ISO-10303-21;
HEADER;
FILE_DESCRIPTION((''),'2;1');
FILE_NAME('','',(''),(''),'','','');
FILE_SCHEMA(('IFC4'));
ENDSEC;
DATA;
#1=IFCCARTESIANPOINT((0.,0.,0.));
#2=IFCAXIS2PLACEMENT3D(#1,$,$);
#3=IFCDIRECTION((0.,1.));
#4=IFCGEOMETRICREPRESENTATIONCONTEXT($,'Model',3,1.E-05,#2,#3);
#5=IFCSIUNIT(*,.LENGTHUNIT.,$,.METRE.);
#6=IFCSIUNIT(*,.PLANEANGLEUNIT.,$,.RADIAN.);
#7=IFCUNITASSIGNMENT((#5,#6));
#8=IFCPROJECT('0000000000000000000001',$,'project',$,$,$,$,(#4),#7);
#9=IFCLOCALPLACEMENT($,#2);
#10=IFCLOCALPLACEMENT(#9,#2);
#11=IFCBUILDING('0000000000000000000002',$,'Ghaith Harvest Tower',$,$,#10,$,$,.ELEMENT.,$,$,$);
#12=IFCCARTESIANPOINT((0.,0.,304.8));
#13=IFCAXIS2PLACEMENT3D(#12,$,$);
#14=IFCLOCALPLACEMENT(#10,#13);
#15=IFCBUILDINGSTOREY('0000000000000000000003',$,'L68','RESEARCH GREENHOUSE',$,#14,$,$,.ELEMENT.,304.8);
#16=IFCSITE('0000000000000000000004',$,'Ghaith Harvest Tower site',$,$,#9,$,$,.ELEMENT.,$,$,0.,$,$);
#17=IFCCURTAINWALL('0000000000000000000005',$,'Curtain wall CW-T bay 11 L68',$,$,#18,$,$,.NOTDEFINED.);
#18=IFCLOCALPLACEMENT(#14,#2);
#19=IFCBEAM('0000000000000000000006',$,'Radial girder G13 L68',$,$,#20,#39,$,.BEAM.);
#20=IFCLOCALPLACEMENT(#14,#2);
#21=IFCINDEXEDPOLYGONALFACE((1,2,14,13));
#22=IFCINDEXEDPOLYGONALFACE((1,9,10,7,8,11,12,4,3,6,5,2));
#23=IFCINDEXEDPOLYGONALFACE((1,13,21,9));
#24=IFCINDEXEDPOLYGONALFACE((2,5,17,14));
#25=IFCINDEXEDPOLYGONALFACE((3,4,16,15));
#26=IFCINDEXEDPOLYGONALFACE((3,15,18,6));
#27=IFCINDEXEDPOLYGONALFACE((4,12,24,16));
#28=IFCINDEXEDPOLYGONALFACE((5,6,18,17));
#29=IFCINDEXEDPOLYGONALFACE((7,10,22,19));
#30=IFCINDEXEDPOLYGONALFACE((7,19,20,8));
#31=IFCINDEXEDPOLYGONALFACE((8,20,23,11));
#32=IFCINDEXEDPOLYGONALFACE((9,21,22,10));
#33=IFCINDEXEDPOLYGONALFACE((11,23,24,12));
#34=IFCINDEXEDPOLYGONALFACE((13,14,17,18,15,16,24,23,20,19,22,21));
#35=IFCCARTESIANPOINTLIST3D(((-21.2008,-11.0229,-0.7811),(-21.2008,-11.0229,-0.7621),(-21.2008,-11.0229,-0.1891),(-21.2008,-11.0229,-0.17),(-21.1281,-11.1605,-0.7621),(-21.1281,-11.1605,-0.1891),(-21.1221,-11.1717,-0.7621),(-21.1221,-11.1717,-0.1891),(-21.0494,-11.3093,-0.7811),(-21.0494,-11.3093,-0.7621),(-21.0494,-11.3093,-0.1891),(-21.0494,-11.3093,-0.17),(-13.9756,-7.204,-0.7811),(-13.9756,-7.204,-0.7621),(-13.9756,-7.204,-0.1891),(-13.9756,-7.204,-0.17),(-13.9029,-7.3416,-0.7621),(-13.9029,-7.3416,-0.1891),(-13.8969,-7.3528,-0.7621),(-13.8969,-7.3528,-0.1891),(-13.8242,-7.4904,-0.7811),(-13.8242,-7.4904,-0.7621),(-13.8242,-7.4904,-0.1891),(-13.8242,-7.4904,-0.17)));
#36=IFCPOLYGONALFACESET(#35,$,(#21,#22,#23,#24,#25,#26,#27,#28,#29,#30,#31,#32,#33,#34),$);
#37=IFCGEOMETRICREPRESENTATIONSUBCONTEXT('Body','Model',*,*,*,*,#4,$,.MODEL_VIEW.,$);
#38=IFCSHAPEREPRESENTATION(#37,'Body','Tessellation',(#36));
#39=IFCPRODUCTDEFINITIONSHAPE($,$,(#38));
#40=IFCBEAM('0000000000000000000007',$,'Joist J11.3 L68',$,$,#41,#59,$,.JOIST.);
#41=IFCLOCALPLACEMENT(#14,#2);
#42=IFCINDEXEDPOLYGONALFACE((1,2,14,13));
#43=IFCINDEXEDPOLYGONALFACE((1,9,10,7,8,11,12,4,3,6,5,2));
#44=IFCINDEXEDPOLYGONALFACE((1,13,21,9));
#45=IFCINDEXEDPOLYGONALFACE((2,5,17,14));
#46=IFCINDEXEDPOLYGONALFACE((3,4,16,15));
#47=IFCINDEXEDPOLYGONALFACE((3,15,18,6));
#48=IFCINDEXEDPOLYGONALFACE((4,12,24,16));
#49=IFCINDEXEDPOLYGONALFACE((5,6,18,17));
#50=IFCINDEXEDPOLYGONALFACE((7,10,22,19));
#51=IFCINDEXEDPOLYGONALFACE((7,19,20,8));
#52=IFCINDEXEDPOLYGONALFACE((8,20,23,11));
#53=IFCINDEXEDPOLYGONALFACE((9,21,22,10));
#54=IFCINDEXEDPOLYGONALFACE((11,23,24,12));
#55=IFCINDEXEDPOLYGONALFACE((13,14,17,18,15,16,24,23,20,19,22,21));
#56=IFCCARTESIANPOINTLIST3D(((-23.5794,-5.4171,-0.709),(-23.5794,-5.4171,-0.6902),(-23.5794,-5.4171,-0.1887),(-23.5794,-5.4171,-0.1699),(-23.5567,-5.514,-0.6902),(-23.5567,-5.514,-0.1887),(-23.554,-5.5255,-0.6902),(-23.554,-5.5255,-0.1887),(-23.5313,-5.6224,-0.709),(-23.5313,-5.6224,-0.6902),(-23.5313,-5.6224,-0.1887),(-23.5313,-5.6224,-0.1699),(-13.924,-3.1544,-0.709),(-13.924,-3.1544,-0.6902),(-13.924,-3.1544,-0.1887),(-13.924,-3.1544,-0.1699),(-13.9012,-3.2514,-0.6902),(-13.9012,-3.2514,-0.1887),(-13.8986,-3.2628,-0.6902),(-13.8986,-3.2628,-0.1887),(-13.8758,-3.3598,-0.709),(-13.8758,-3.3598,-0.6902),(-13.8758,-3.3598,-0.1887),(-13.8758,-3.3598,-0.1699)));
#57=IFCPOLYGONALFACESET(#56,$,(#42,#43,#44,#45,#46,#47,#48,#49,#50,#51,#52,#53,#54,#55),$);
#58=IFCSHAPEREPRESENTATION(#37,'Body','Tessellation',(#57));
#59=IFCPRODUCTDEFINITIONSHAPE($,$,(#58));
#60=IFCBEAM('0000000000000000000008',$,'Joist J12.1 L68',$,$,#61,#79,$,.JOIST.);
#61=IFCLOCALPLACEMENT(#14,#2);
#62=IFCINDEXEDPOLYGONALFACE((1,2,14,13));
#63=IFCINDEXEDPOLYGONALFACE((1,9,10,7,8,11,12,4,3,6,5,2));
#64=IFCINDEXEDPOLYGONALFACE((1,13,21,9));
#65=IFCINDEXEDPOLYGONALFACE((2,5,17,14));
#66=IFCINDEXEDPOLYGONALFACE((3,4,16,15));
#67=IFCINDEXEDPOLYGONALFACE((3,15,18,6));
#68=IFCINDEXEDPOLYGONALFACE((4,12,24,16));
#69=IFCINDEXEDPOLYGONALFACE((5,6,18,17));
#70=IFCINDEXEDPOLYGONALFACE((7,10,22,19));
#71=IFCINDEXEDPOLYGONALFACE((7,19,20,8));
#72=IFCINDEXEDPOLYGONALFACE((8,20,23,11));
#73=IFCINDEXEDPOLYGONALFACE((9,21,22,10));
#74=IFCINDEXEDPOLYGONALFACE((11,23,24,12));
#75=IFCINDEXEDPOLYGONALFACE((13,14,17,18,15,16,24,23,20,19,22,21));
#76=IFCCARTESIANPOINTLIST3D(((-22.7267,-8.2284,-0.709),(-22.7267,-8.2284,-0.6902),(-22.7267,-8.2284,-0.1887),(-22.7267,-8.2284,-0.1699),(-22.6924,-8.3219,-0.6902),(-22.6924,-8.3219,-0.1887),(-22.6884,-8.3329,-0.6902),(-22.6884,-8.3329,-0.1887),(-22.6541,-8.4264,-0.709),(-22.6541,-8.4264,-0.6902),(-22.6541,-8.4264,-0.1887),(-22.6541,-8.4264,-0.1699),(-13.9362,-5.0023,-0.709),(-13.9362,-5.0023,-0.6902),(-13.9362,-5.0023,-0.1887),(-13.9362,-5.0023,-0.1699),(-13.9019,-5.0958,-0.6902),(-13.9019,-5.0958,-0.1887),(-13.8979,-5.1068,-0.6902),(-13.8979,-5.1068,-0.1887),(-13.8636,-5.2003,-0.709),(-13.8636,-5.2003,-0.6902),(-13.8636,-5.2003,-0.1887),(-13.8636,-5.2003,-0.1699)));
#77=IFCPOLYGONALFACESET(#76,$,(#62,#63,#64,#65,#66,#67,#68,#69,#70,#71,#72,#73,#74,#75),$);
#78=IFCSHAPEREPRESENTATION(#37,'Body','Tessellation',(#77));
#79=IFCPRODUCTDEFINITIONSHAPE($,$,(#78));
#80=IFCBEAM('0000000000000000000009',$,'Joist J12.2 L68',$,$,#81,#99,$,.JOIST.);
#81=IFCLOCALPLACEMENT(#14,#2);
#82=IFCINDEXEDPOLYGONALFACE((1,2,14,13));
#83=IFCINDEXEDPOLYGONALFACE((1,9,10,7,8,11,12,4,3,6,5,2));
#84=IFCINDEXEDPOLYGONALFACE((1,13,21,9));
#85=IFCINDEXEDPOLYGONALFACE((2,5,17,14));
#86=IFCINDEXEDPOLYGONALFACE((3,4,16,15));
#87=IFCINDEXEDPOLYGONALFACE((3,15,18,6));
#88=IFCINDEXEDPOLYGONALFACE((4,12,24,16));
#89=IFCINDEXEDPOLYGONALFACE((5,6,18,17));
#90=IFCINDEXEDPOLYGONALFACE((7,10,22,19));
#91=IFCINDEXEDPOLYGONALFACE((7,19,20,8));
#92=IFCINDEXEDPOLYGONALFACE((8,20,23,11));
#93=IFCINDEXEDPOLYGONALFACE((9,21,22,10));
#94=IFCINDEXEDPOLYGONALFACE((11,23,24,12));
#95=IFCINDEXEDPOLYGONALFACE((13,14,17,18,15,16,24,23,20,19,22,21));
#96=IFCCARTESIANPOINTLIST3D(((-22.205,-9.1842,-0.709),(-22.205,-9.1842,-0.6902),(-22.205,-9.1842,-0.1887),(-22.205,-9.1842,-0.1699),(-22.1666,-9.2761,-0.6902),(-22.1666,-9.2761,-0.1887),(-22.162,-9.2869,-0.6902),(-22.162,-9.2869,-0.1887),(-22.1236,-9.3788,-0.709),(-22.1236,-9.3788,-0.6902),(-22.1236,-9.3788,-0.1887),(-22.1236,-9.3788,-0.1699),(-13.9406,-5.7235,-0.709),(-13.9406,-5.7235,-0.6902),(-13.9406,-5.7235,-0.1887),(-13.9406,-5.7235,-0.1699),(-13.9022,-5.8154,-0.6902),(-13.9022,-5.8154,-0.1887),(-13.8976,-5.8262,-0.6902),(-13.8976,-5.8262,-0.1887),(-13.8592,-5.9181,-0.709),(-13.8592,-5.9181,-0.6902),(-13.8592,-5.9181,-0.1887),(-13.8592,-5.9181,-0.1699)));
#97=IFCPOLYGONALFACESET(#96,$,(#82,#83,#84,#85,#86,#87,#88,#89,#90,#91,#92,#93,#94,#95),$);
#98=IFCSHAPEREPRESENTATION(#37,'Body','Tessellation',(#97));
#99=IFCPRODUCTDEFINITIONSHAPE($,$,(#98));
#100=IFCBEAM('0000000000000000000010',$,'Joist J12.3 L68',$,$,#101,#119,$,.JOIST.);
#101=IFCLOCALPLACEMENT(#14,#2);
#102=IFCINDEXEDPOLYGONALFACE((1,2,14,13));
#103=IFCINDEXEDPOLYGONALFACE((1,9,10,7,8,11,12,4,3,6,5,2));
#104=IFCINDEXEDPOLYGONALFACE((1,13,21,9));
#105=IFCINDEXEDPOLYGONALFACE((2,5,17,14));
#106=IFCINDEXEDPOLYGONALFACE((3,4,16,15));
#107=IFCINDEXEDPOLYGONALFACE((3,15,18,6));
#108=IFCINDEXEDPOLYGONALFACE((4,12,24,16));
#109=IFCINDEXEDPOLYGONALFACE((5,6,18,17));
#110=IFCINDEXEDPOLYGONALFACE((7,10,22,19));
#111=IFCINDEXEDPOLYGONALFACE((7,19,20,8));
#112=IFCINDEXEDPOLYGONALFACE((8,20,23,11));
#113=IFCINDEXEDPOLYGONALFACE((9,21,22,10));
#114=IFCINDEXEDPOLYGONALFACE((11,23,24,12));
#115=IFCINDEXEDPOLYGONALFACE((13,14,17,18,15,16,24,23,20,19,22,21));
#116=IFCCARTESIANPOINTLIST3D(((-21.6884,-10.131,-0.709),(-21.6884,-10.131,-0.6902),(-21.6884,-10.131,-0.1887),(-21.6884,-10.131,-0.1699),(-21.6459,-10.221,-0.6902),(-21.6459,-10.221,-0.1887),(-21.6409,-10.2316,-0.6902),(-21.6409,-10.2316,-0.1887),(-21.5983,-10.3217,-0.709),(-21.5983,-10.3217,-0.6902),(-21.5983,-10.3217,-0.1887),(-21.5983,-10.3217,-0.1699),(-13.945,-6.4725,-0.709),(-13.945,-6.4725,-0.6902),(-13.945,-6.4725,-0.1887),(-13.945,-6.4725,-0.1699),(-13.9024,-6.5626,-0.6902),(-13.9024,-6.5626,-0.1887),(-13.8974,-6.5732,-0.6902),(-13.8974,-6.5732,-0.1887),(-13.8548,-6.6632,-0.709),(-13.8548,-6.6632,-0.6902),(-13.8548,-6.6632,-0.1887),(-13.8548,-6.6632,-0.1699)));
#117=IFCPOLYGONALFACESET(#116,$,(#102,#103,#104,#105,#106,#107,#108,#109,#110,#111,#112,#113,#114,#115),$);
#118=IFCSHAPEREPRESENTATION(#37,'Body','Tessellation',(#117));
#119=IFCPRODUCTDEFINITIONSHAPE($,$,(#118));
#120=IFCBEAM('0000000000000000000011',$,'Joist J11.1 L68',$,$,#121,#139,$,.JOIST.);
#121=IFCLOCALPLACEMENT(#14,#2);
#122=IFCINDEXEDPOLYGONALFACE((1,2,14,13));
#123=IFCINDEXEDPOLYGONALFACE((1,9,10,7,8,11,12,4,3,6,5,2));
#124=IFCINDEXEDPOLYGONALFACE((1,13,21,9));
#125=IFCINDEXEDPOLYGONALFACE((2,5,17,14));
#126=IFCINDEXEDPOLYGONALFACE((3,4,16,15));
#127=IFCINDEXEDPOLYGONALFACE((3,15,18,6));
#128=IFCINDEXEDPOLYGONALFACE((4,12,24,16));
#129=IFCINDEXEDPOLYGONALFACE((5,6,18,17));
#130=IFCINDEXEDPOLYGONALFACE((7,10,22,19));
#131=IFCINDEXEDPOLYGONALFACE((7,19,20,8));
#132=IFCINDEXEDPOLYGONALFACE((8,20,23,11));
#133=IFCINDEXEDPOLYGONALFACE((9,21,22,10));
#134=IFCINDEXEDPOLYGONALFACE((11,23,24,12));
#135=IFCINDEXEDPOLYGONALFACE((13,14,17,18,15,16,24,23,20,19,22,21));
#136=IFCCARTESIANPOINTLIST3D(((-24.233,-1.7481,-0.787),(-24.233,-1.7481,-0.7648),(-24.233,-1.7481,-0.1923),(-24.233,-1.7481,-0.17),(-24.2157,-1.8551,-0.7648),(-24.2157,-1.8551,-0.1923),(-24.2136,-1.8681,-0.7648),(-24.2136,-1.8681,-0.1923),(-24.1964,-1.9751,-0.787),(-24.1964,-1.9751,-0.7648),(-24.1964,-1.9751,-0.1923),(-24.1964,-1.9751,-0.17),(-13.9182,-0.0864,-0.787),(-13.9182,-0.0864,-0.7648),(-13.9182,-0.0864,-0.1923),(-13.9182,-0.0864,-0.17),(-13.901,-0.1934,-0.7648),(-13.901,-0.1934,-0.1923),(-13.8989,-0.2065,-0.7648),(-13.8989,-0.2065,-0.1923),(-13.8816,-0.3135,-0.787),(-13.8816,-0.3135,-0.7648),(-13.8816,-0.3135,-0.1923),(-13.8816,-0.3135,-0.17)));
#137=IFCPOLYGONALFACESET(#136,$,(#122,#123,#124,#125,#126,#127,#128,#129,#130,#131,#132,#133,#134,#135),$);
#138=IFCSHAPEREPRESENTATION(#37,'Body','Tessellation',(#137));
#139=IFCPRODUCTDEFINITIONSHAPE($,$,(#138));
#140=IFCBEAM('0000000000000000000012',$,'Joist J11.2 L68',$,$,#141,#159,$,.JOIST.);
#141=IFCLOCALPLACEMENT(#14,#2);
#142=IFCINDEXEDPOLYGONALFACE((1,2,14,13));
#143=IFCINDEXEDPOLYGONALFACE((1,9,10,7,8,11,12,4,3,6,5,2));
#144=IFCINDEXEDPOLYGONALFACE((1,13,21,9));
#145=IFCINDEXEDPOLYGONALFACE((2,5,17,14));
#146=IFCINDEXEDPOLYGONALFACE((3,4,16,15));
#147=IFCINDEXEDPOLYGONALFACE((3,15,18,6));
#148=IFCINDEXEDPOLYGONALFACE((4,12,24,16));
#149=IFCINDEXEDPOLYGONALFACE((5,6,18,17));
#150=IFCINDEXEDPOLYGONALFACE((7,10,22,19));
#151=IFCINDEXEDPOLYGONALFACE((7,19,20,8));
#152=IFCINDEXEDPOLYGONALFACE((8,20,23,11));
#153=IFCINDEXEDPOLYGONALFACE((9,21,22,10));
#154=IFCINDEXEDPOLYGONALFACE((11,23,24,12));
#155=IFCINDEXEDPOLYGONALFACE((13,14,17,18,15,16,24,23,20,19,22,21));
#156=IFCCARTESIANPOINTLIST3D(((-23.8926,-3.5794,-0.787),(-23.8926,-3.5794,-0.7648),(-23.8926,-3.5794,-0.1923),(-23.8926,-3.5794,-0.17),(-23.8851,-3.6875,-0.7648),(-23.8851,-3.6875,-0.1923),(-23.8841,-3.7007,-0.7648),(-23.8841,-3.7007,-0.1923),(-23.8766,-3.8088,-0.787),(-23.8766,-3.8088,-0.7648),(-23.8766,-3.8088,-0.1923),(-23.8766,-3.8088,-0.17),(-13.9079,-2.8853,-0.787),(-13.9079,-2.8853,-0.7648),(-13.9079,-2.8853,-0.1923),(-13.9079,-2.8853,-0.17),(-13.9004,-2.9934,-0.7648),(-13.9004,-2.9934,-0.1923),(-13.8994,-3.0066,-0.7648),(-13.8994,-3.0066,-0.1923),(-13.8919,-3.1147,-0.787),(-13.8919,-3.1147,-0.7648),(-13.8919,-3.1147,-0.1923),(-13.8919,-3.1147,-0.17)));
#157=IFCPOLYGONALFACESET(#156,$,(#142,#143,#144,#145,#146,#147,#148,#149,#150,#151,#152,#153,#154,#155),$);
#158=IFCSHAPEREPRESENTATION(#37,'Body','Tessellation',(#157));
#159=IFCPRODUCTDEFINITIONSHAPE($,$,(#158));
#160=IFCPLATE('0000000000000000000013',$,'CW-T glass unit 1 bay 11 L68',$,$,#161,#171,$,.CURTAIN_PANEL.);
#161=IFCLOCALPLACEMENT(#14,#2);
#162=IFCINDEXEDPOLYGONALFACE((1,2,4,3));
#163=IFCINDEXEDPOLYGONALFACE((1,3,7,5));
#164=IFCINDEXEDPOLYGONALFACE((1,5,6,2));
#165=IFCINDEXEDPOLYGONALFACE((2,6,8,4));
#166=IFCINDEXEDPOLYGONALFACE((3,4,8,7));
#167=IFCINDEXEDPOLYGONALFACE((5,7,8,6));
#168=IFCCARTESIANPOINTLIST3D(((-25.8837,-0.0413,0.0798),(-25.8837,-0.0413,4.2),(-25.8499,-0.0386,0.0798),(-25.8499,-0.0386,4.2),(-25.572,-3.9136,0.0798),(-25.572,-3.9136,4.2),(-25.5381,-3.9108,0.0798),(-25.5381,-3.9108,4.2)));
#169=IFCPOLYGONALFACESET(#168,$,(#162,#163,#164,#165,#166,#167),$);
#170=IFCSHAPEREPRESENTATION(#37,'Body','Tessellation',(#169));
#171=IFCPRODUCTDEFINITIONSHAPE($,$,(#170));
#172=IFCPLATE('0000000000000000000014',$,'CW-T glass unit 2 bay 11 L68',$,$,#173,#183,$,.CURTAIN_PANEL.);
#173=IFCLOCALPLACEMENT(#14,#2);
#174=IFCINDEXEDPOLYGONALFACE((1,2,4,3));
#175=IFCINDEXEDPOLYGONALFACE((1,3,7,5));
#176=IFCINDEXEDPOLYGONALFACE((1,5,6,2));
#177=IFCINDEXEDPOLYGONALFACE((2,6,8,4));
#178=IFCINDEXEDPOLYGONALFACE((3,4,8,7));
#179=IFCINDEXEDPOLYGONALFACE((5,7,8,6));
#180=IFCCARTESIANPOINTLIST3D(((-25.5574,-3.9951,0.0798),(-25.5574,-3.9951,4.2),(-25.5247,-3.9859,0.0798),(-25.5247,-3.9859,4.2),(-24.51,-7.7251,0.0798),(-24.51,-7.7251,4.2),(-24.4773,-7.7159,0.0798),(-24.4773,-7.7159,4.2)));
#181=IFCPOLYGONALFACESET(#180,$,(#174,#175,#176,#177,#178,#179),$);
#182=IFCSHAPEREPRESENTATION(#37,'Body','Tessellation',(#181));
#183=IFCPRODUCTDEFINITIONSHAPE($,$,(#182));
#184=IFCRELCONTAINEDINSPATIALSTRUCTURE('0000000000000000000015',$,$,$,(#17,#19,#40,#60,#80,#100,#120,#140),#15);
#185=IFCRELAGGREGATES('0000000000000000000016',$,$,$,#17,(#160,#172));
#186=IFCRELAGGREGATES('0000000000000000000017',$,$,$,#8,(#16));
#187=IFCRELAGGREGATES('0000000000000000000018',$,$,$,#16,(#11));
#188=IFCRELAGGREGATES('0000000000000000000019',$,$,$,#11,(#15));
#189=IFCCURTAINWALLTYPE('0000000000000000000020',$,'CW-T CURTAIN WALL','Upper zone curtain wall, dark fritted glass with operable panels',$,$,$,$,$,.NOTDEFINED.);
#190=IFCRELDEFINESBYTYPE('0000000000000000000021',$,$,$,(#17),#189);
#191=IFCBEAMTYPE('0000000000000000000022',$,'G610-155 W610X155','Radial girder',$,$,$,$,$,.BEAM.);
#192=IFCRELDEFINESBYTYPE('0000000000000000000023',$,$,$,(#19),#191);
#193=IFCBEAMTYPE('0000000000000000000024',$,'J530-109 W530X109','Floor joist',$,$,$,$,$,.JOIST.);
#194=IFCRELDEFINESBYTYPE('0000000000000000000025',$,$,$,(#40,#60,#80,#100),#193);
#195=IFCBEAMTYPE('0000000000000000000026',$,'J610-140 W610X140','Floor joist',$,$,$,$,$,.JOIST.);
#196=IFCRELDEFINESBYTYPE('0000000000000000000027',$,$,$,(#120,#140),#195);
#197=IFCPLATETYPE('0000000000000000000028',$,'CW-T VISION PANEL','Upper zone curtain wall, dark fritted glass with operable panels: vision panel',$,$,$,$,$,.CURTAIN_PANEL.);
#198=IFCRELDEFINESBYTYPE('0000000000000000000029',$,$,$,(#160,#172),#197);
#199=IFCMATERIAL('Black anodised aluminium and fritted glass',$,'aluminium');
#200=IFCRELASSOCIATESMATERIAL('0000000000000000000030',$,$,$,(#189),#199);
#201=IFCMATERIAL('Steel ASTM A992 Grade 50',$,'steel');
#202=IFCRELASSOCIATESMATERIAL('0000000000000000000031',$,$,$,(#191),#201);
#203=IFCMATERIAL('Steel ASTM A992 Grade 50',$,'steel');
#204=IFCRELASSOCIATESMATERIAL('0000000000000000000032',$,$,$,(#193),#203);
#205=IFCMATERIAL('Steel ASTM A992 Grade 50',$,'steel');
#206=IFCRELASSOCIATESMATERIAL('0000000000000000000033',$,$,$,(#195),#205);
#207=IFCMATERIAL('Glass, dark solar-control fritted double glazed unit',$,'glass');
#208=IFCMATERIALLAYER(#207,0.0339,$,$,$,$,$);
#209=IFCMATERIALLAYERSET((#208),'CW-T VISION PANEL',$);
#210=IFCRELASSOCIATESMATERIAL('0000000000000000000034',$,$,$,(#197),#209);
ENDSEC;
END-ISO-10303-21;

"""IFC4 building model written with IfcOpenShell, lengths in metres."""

from ifc_helpers import new_model, si_unit, direction, frame, origin, origin_2d, place, context, subcontext, project, spatial, rectangle, i_section, extrude, material, layer, layer_set, material_profile, profile_set, type_object, element, aggregate, save


model = new_model("IFC4")

# Units and contexts
model_context = context("Model", 3, precision=1e-05, world=origin(), true_north=direction((0.0, 1.0)))
body_context = subcontext(model_context, "Body", "Model", "MODEL_VIEW")
ifc_project = project(units=[si_unit("LENGTHUNIT", "METRE"), si_unit("PLANEANGLEUNIT", "RADIAN")], contexts=[model_context])

# Site, building, storey
site_placement = place(None, origin())
site = spatial("IfcSite", under=ifc_project, at=site_placement, Name="Ghaith Harvest Tower site", CompositionType="ELEMENT", RefElevation=0.0)
building_placement = place(site_placement, origin())
building = spatial("IfcBuilding", under=site, at=building_placement, Name="Ghaith Harvest Tower", CompositionType="ELEMENT")
storey_placement = place(building_placement, frame((0.0, 0.0, 304.8)))
storey = spatial("IfcBuildingStorey", under=building, at=storey_placement, Name="L68", Description="RESEARCH GREENHOUSE", CompositionType="ELEMENT", Elevation=304.8)

# Curtain wall
ifc_material_1 = material(Name="Black anodised aluminium and fritted glass", Category="aluminium")
curtain_wall_type = type_object("IfcCurtainWallType", Name="CW-T CURTAIN WALL", Description="Upper zone curtain wall, dark fritted glass with operable panels", PredefinedType="NOTDEFINED", material=ifc_material_1)
curtain_wall_1_placement = place(storey_placement, origin())
curtain_wall_1 = element("IfcCurtainWall", 1, at=curtain_wall_1_placement, inside=storey, type_object=curtain_wall_type, Name="Curtain wall CW-T bay 11 L68", PredefinedType="NOTDEFINED")

# Beams
ifc_material_2 = material(Name="Steel ASTM A992 Grade 50", Category="steel")
ifc_material_profile_1 = material_profile(ifc_material_2, i_section(OverallWidth=0.324, OverallDepth=0.6111, WebThickness=0.0127, FlangeThickness=0.019, at=origin_2d()), Name="W610X155")
ifc_profile_set_1 = profile_set([ifc_material_profile_1], Name="Steel ASTM A992 Grade 50")
beam_type_1 = type_object("IfcBeamType", Name="G610-155 W610X155", Description="Radial girder", PredefinedType="BEAM", material=ifc_profile_set_1)
beam_1_placement = place(storey_placement, frame((-13.8999, -7.3472, -0.4756), z_axis=(-0.884102, -0.467295, 0.0), x_axis=(0.467295, -0.884102, 0.0)))
element("IfcBeam", 2, at=beam_1_placement, inside=storey, type_object=beam_type_1, Name="Radial girder G13 L68", PredefinedType="BEAM", context=body_context, shape_type="SweptSolid", body=[
    extrude(i_section(OverallWidth=0.324, OverallDepth=0.6111, WebThickness=0.0127, FlangeThickness=0.019, at=origin_2d()), origin(), (0.0, 0.0, 1.0), 8.1724),
])
ifc_material_3 = material(Name="Steel ASTM A992 Grade 50", Category="steel")
ifc_material_profile_2 = material_profile(ifc_material_3, i_section(OverallWidth=0.2109, OverallDepth=0.5391, WebThickness=0.0117, FlangeThickness=0.0188, at=origin_2d()), Name="W530X109")
ifc_profile_set_2 = profile_set([ifc_material_profile_2], Name="Steel ASTM A992 Grade 50")
beam_type_2 = type_object("IfcBeamType", Name="J530-109 W530X109", Description="Floor joist", PredefinedType="JOIST", material=ifc_profile_set_2)
beam_2_placement = place(storey_placement, frame((-13.8999, -3.2571, -0.4395), z_axis=(-0.973623, -0.228161, 0.0), x_axis=(0.228161, -0.973623, 0.0)))
element("IfcBeam", 3, at=beam_2_placement, inside=storey, type_object=beam_type_2, Name="Joist J11.3 L68", PredefinedType="JOIST", context=body_context, shape_type="SweptSolid", body=[
    extrude(i_section(OverallWidth=0.2109, OverallDepth=0.5391, WebThickness=0.0117, FlangeThickness=0.0188, at=origin_2d()), origin(), (0.0, 0.0, 1.0), 9.917),
])
beam_3_placement = place(storey_placement, frame((-13.8999, -5.1013, -0.4395), z_axis=(-0.938777, -0.344526, 0.0), x_axis=(0.344526, -0.938777, 0.0)))
element("IfcBeam", 4, at=beam_3_placement, inside=storey, type_object=beam_type_2, Name="Joist J12.1 L68", PredefinedType="JOIST", context=body_context, shape_type="SweptSolid", body=[
    extrude(i_section(OverallWidth=0.2109, OverallDepth=0.5391, WebThickness=0.0117, FlangeThickness=0.0188, at=origin_2d()), origin(), (0.0, 0.0, 1.0), 9.3638),
])
beam_4_placement = place(storey_placement, frame((-13.8999, -5.8208, -0.4395), z_axis=(-0.922394, -0.38625, 0.0), x_axis=(0.38625, -0.922394, 0.0)))
element("IfcBeam", 5, at=beam_4_placement, inside=storey, type_object=beam_type_2, Name="Joist J12.2 L68", PredefinedType="JOIST", context=body_context, shape_type="SweptSolid", body=[
    extrude(i_section(OverallWidth=0.2109, OverallDepth=0.5391, WebThickness=0.0117, FlangeThickness=0.0188, at=origin_2d()), origin(), (0.0, 0.0, 1.0), 8.9597),
])
beam_5_placement = place(storey_placement, frame((-13.8999, -6.5679, -0.4395), z_axis=(-0.904166, -0.427182, 0.0), x_axis=(0.427182, -0.904166, 0.0)))
element("IfcBeam", 6, at=beam_5_placement, inside=storey, type_object=beam_type_2, Name="Joist J12.3 L68", PredefinedType="JOIST", context=body_context, shape_type="SweptSolid", body=[
    extrude(i_section(OverallWidth=0.2109, OverallDepth=0.5391, WebThickness=0.0117, FlangeThickness=0.0188, at=origin_2d()), origin(), (0.0, 0.0, 1.0), 8.5642),
])
ifc_material_4 = material(Name="Steel ASTM A992 Grade 50", Category="steel")
ifc_material_profile_3 = material_profile(ifc_material_4, i_section(OverallWidth=0.23, OverallDepth=0.6169, WebThickness=0.0132, FlangeThickness=0.0222, at=origin_2d()), Name="W610X140")
ifc_profile_set_3 = profile_set([ifc_material_profile_3], Name="Steel ASTM A992 Grade 50")
beam_type_3 = type_object("IfcBeamType", Name="J610-140 W610X140", Description="Floor joist", PredefinedType="JOIST", material=ifc_profile_set_3)
beam_6_placement = place(storey_placement, frame((-13.8999, -0.2, -0.4785), z_axis=(-0.987272, -0.159042, 0.0), x_axis=(0.159042, -0.987272, 0.0)))
element("IfcBeam", 7, at=beam_6_placement, inside=storey, type_object=beam_type_3, Name="Joist J11.1 L68", PredefinedType="JOIST", context=body_context, shape_type="SweptSolid", body=[
    extrude(i_section(OverallWidth=0.23, OverallDepth=0.6169, WebThickness=0.0132, FlangeThickness=0.0222, at=origin_2d()), origin(), (0.0, 0.0, 1.0), 10.4478),
])
beam_7_placement = place(storey_placement, frame((-13.8999, -3.0, -0.4785), z_axis=(-0.997592, -0.069349, 0.0), x_axis=(0.069349, -0.997592, 0.0)))
element("IfcBeam", 8, at=beam_7_placement, inside=storey, type_object=beam_type_3, Name="Joist J11.2 L68", PredefinedType="JOIST", context=body_context, shape_type="SweptSolid", body=[
    extrude(i_section(OverallWidth=0.23, OverallDepth=0.6169, WebThickness=0.0132, FlangeThickness=0.0222, at=origin_2d()), origin(), (0.0, 0.0, 1.0), 10.0088),
])

# Plates
ifc_material_5 = material(Name="Glass, dark solar-control fritted double glazed unit", Category="glass")
ifc_layer_1 = layer(ifc_material_5, 0.0339)
ifc_layer_set_1 = layer_set([ifc_layer_1], Name="CW-T VISION PANEL")
plate_type_1 = type_object("IfcPlateType", Name="CW-T VISION PANEL", Description="Upper zone curtain wall, dark fritted glass with operable panels: vision panel", PredefinedType="CURTAIN_PANEL", material=ifc_layer_set_1)
plate_1_placement = place(storey_placement, frame((-25.7109, -1.9761, 0.0798), z_axis=(0.0, 0.0, 1.0), x_axis=(0.080258, -0.996774, 0.0)))
plate_1 = element("IfcPlate", 9, at=plate_1_placement, type_object=plate_type_1, Name="CW-T glass unit 1 bay 11 L68", PredefinedType="CURTAIN_PANEL", context=body_context, shape_type="SweptSolid", body=[
    extrude(rectangle(XDim=3.8848, YDim=0.0339, at=origin_2d()), origin(), (0.0, 0.0, 1.0), 4.1201),
])
plate_2_placement = place(storey_placement, frame((-25.0173, -5.8555, 0.0798), z_axis=(0.0, 0.0, 1.0), x_axis=(0.270355, -0.962761, 0.0)))
plate_2 = element("IfcPlate", 10, at=plate_2_placement, type_object=plate_type_1, Name="CW-T glass unit 2 bay 11 L68", PredefinedType="CURTAIN_PANEL", context=body_context, shape_type="SweptSolid", body=[
    extrude(rectangle(XDim=3.8743, YDim=0.0339, at=origin_2d()), origin(), (0.0, 0.0, 1.0), 4.1201),
])
aggregate(curtain_wall_1, [plate_1, plate_2])

save(model, "model.ifc")
